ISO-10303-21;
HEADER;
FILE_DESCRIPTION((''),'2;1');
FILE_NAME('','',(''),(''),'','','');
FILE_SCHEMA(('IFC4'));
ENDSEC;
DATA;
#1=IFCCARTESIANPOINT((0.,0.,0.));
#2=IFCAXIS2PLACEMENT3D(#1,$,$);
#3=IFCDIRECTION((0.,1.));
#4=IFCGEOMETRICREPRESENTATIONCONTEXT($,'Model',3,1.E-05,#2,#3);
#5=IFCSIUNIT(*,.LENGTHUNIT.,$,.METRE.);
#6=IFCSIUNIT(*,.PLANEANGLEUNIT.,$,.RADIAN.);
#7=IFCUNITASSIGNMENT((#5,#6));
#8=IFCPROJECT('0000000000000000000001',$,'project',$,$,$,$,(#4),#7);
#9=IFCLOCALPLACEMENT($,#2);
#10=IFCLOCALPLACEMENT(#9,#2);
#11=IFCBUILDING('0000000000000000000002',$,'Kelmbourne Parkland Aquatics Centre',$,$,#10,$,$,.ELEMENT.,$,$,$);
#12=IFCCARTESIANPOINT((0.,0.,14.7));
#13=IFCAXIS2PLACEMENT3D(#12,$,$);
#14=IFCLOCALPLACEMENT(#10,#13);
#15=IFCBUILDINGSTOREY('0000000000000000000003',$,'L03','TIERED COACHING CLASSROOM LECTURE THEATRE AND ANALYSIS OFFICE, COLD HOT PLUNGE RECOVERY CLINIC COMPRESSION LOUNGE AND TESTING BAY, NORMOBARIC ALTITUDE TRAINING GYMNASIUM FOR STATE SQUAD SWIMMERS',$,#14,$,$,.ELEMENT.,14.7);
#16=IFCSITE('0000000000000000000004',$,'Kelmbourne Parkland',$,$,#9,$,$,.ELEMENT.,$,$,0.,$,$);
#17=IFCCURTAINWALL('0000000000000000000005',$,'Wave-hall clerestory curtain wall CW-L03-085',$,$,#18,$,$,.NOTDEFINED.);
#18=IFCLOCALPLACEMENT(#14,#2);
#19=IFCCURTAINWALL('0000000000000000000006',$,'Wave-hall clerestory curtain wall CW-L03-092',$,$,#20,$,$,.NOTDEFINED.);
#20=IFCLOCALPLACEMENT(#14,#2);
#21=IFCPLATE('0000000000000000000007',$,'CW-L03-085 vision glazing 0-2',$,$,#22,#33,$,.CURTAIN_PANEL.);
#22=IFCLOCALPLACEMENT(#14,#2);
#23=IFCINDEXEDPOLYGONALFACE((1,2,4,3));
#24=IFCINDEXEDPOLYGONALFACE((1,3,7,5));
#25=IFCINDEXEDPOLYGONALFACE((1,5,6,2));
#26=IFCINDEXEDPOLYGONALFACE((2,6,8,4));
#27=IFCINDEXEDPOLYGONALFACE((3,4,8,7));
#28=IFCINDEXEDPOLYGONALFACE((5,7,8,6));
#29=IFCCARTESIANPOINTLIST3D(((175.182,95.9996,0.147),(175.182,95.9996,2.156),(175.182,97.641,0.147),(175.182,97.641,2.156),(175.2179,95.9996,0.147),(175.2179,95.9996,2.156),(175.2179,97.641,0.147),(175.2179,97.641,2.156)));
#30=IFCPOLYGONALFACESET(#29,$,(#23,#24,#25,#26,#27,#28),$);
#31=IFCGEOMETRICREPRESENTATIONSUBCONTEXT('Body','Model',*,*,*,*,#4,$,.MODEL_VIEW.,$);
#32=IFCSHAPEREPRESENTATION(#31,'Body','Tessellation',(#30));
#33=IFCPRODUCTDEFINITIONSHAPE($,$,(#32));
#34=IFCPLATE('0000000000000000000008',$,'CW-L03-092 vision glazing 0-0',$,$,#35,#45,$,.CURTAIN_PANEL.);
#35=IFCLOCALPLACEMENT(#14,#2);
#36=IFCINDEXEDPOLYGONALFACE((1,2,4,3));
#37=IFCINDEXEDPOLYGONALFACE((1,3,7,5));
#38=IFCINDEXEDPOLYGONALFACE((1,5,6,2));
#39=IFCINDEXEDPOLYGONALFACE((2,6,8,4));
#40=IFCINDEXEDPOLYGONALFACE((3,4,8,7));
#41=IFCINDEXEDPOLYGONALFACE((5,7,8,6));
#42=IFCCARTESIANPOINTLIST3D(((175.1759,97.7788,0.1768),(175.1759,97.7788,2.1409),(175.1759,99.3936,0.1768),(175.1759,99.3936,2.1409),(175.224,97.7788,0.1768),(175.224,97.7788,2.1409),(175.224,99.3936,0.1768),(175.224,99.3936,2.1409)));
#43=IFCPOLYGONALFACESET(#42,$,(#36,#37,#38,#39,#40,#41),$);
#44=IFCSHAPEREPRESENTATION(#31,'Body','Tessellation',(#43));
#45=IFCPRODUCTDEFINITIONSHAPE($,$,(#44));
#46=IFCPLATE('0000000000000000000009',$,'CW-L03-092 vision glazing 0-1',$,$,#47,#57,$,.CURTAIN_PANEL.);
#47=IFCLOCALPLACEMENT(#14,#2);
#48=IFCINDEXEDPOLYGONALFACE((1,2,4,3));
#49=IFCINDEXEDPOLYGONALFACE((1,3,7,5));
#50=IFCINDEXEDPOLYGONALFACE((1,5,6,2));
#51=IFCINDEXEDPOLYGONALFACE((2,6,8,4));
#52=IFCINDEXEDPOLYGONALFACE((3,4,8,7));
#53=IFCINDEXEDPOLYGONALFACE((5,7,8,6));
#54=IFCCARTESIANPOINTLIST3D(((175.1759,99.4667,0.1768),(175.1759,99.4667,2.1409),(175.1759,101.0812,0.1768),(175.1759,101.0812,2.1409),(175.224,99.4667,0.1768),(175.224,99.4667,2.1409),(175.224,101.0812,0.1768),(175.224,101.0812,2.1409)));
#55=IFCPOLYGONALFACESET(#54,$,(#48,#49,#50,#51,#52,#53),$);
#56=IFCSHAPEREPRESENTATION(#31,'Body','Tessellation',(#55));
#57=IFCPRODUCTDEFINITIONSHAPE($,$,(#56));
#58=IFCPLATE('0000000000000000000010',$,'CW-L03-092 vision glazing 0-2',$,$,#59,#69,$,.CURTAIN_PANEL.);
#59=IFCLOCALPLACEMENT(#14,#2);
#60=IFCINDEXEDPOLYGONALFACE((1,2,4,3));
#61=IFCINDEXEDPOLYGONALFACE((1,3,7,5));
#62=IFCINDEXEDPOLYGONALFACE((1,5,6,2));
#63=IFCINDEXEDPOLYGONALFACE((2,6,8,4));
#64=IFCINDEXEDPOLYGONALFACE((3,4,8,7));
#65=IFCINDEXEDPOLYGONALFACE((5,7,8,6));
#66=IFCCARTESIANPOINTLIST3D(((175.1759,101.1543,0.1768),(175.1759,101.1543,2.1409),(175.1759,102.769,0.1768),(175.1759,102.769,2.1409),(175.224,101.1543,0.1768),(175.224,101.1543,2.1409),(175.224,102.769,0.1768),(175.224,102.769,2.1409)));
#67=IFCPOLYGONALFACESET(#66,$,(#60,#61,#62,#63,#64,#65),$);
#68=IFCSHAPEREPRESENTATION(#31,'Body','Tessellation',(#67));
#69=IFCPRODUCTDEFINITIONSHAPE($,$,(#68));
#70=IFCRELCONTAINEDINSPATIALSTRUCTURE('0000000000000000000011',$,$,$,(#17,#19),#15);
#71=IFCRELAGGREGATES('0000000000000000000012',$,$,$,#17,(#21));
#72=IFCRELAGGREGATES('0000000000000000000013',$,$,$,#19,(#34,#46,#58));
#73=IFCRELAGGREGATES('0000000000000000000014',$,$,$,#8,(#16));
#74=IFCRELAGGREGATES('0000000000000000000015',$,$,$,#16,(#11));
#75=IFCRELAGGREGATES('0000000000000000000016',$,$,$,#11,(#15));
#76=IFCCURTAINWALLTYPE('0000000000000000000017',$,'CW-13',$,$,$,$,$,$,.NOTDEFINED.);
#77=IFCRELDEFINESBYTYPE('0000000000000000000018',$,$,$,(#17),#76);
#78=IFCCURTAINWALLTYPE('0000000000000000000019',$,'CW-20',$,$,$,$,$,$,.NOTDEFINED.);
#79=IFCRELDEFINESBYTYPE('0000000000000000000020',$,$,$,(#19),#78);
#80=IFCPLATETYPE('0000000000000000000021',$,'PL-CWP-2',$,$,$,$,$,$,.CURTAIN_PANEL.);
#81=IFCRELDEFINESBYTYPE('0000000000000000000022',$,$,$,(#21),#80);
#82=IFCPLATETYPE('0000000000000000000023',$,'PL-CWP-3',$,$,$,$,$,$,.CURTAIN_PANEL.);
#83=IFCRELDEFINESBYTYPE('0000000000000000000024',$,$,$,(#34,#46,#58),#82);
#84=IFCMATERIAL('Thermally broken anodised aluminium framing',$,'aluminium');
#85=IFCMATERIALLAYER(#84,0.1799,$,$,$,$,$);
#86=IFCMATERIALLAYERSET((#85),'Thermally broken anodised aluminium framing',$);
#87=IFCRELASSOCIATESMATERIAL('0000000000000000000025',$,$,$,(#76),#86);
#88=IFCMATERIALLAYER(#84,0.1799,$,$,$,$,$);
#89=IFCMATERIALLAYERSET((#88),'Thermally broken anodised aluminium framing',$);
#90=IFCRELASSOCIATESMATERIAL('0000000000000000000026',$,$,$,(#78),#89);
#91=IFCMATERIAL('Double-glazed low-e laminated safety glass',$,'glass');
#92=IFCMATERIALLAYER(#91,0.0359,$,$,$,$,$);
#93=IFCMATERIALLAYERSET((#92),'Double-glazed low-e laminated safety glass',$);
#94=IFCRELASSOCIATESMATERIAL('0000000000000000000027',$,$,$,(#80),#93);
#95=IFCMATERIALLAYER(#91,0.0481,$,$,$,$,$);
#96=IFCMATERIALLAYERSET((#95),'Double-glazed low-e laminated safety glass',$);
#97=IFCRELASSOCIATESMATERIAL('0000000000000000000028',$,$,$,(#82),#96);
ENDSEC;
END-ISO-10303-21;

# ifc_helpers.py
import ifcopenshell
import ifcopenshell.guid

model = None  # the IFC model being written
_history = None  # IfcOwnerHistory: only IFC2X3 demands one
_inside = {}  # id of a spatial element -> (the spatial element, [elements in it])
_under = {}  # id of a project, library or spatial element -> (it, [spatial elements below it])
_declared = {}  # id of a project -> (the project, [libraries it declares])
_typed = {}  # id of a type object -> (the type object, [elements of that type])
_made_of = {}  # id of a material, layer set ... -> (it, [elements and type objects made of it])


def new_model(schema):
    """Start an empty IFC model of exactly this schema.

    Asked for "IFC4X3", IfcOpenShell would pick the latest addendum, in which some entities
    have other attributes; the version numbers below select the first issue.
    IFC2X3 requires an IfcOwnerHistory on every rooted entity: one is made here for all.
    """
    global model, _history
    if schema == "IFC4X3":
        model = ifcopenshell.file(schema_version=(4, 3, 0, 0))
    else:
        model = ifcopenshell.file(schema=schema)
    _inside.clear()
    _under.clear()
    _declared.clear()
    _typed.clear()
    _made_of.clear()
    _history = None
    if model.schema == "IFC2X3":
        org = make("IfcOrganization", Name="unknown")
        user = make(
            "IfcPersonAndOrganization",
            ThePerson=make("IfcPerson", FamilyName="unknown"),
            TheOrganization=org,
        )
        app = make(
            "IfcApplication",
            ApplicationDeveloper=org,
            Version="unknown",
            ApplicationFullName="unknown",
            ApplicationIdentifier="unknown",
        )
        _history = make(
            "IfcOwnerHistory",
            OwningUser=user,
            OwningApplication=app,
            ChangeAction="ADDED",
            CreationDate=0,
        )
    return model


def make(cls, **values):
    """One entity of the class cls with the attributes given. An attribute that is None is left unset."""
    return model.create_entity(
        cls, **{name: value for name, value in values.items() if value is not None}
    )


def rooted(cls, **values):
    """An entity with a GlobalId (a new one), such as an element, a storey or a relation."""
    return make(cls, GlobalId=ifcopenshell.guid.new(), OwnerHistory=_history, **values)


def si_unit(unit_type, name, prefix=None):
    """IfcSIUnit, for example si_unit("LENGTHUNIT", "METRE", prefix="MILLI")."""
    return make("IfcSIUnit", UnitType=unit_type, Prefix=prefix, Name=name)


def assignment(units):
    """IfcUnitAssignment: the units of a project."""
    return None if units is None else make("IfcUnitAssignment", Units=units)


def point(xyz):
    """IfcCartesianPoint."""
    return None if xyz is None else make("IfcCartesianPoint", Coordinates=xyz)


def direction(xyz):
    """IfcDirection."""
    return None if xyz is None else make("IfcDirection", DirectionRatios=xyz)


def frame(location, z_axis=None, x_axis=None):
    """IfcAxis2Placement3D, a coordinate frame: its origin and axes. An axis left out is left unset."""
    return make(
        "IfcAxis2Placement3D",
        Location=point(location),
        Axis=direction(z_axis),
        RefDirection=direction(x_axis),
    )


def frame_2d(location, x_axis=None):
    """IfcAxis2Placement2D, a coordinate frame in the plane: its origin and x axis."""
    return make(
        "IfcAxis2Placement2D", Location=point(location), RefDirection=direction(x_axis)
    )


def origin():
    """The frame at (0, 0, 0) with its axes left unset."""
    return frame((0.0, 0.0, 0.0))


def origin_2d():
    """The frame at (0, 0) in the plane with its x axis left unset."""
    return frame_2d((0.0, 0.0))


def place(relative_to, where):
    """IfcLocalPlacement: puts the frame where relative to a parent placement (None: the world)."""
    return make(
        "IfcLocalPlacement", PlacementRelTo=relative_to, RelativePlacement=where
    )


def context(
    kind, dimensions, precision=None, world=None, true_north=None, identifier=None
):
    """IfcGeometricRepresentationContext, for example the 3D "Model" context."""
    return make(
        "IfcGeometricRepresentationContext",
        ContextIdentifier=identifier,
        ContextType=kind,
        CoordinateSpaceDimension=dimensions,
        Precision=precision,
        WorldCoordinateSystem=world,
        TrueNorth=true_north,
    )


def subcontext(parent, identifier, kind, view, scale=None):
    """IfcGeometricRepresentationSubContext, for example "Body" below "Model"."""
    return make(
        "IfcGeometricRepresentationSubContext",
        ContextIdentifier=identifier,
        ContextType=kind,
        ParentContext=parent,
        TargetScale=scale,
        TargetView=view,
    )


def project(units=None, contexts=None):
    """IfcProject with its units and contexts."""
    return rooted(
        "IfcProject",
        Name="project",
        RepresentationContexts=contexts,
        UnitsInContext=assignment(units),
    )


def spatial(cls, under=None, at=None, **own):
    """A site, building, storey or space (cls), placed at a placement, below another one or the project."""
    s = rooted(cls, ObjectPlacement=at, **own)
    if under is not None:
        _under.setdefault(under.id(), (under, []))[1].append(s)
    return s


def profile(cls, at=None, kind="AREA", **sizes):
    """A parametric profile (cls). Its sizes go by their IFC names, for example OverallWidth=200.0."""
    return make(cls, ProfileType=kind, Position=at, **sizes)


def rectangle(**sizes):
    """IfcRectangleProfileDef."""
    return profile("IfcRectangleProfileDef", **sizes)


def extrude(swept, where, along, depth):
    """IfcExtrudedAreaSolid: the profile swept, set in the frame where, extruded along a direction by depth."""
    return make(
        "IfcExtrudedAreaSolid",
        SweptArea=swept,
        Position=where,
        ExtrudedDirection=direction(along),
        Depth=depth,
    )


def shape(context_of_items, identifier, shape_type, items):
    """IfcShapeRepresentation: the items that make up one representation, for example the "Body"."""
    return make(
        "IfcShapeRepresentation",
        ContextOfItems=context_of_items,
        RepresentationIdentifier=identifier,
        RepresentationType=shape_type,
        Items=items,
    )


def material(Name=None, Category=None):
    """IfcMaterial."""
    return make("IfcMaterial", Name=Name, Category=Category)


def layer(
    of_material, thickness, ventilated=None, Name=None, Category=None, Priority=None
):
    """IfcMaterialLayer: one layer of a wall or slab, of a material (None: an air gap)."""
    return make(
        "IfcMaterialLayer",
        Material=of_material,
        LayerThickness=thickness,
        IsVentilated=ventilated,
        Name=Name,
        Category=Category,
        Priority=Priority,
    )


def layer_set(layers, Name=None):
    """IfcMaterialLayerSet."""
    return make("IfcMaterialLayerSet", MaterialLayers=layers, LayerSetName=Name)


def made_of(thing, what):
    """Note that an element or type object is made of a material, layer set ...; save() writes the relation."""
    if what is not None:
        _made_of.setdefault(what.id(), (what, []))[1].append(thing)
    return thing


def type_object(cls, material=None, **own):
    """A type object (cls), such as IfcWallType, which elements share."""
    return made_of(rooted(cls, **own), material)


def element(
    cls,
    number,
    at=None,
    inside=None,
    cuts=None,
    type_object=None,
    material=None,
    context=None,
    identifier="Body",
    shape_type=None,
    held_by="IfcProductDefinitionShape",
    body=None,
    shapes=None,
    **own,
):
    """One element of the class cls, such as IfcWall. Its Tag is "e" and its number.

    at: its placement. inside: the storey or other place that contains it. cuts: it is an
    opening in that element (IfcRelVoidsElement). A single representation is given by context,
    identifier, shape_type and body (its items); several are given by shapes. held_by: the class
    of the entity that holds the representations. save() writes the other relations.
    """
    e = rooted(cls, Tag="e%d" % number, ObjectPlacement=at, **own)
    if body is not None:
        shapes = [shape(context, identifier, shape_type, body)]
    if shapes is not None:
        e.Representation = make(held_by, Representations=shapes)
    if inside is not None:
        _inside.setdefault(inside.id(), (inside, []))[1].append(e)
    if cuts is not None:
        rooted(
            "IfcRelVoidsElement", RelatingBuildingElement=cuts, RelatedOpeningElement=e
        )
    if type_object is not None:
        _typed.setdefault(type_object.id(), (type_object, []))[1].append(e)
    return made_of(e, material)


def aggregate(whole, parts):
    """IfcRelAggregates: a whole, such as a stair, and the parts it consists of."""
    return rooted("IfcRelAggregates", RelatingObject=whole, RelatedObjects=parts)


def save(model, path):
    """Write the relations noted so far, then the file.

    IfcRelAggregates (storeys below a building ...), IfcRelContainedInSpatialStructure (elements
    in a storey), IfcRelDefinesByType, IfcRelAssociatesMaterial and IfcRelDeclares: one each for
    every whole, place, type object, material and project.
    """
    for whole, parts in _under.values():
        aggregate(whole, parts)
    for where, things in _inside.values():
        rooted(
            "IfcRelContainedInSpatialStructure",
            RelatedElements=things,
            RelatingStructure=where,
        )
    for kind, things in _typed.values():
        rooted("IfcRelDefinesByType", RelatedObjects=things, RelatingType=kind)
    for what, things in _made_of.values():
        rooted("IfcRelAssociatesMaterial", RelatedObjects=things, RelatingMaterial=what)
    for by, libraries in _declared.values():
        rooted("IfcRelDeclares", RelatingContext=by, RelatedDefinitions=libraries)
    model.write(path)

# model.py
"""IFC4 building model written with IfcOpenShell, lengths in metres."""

from ifc_helpers import new_model, si_unit, direction, frame, origin, origin_2d, place, context, subcontext, project, spatial, rectangle, extrude, material, layer, layer_set, type_object, element, aggregate, save


model = new_model("IFC4")

# Units and contexts
model_context = context("Model", 3, precision=1e-05, world=origin(), true_north=direction((0.0, 1.0)))
body_context = subcontext(model_context, "Body", "Model", "MODEL_VIEW")
ifc_project = project(units=[si_unit("LENGTHUNIT", "METRE"), si_unit("PLANEANGLEUNIT", "RADIAN")], contexts=[model_context])

# Site, building, storey
site_placement = place(None, origin())
site = spatial("IfcSite", under=ifc_project, at=site_placement, Name="Kelmbourne Parkland", CompositionType="ELEMENT", RefElevation=0.0)
building_placement = place(site_placement, origin())
building = spatial("IfcBuilding", under=site, at=building_placement, Name="Kelmbourne Parkland Aquatics Centre", CompositionType="ELEMENT")
storey_placement = place(building_placement, frame((0.0, 0.0, 14.7)))
storey = spatial("IfcBuildingStorey", under=building, at=storey_placement, Name="L03", Description="TIERED COACHING CLASSROOM LECTURE THEATRE AND ANALYSIS OFFICE, COLD HOT PLUNGE RECOVERY CLINIC COMPRESSION LOUNGE AND TESTING BAY, NORMOBARIC ALTITUDE TRAINING GYMNASIUM FOR STATE SQUAD SWIMMERS", CompositionType="ELEMENT", Elevation=14.7)

# Curtain wall
ifc_material_1 = material(Name="Thermally broken anodised aluminium framing", Category="aluminium")
ifc_layer_1 = layer(ifc_material_1, 0.1799)
ifc_layer_set_1 = layer_set([ifc_layer_1], Name="Thermally broken anodised aluminium framing")
curtain_wall_type_1 = type_object("IfcCurtainWallType", Name="CW-13", PredefinedType="NOTDEFINED", material=ifc_layer_set_1)
curtain_wall_1_placement = place(storey_placement, origin())
curtain_wall_1 = element("IfcCurtainWall", 1, at=curtain_wall_1_placement, inside=storey, type_object=curtain_wall_type_1, Name="Wave-hall clerestory curtain wall CW-L03-085", PredefinedType="NOTDEFINED")

# Curtain wall
ifc_layer_2 = layer(ifc_material_1, 0.1799)
ifc_layer_set_2 = layer_set([ifc_layer_2], Name="Thermally broken anodised aluminium framing")
curtain_wall_type_2 = type_object("IfcCurtainWallType", Name="CW-20", PredefinedType="NOTDEFINED", material=ifc_layer_set_2)
curtain_wall_2_placement = place(storey_placement, origin())
curtain_wall_2 = element("IfcCurtainWall", 2, at=curtain_wall_2_placement, inside=storey, type_object=curtain_wall_type_2, Name="Wave-hall clerestory curtain wall CW-L03-092", PredefinedType="NOTDEFINED")

# Plates
ifc_material_2 = material(Name="Double-glazed low-e laminated safety glass", Category="glass")
ifc_layer_3 = layer(ifc_material_2, 0.0359)
ifc_layer_set_3 = layer_set([ifc_layer_3], Name="Double-glazed low-e laminated safety glass")
plate_type_1 = type_object("IfcPlateType", Name="PL-CWP-2", PredefinedType="CURTAIN_PANEL", material=ifc_layer_set_3)
plate_1_placement = place(storey_placement, frame((175.2, 96.8203, 0.147), z_axis=(0.0, 0.0, 1.0), x_axis=(0.0, 1.0, 0.0)))
plate_1 = element("IfcPlate", 3, at=plate_1_placement, type_object=plate_type_1, Name="CW-L03-085 vision glazing 0-2", PredefinedType="CURTAIN_PANEL", context=body_context, shape_type="SweptSolid", body=[
    extrude(rectangle(XDim=1.6414, YDim=0.0359, at=origin_2d()), origin(), (0.0, 0.0, 1.0), 2.009),
])
aggregate(curtain_wall_1, [plate_1])
ifc_layer_4 = layer(ifc_material_2, 0.0481)
ifc_layer_set_4 = layer_set([ifc_layer_4], Name="Double-glazed low-e laminated safety glass")
plate_type_2 = type_object("IfcPlateType", Name="PL-CWP-3", PredefinedType="CURTAIN_PANEL", material=ifc_layer_set_4)
plate_2_placement = place(storey_placement, frame((175.2, 98.5862, 0.1768), z_axis=(0.0, 0.0, 1.0), x_axis=(0.0, 1.0, 0.0)))
plate_2 = element("IfcPlate", 4, at=plate_2_placement, type_object=plate_type_2, Name="CW-L03-092 vision glazing 0-0", PredefinedType="CURTAIN_PANEL", context=body_context, shape_type="SweptSolid", body=[
    extrude(rectangle(XDim=1.6147, YDim=0.0481, at=origin_2d()), origin(), (0.0, 0.0, 1.0), 1.9641),
])
plate_3_placement = place(storey_placement, frame((175.2, 100.2739, 0.1768), z_axis=(0.0, 0.0, 1.0), x_axis=(0.0, 1.0, 0.0)))
plate_3 = element("IfcPlate", 5, at=plate_3_placement, type_object=plate_type_2, Name="CW-L03-092 vision glazing 0-1", PredefinedType="CURTAIN_PANEL", context=body_context, shape_type="SweptSolid", body=[
    extrude(rectangle(XDim=1.6145, YDim=0.0481, at=origin_2d()), origin(), (0.0, 0.0, 1.0), 1.9641),
])
plate_4_placement = place(storey_placement, frame((175.2, 101.9617, 0.1768), z_axis=(0.0, 0.0, 1.0), x_axis=(0.0, 1.0, 0.0)))
plate_4 = element("IfcPlate", 6, at=plate_4_placement, type_object=plate_type_2, Name="CW-L03-092 vision glazing 0-2", PredefinedType="CURTAIN_PANEL", context=body_context, shape_type="SweptSolid", body=[
    extrude(rectangle(XDim=1.6147, YDim=0.0481, at=origin_2d()), origin(), (0.0, 0.0, 1.0), 1.9641),
])
aggregate(curtain_wall_2, [plate_2, plate_3, plate_4])

save(model, "model.ifc")
